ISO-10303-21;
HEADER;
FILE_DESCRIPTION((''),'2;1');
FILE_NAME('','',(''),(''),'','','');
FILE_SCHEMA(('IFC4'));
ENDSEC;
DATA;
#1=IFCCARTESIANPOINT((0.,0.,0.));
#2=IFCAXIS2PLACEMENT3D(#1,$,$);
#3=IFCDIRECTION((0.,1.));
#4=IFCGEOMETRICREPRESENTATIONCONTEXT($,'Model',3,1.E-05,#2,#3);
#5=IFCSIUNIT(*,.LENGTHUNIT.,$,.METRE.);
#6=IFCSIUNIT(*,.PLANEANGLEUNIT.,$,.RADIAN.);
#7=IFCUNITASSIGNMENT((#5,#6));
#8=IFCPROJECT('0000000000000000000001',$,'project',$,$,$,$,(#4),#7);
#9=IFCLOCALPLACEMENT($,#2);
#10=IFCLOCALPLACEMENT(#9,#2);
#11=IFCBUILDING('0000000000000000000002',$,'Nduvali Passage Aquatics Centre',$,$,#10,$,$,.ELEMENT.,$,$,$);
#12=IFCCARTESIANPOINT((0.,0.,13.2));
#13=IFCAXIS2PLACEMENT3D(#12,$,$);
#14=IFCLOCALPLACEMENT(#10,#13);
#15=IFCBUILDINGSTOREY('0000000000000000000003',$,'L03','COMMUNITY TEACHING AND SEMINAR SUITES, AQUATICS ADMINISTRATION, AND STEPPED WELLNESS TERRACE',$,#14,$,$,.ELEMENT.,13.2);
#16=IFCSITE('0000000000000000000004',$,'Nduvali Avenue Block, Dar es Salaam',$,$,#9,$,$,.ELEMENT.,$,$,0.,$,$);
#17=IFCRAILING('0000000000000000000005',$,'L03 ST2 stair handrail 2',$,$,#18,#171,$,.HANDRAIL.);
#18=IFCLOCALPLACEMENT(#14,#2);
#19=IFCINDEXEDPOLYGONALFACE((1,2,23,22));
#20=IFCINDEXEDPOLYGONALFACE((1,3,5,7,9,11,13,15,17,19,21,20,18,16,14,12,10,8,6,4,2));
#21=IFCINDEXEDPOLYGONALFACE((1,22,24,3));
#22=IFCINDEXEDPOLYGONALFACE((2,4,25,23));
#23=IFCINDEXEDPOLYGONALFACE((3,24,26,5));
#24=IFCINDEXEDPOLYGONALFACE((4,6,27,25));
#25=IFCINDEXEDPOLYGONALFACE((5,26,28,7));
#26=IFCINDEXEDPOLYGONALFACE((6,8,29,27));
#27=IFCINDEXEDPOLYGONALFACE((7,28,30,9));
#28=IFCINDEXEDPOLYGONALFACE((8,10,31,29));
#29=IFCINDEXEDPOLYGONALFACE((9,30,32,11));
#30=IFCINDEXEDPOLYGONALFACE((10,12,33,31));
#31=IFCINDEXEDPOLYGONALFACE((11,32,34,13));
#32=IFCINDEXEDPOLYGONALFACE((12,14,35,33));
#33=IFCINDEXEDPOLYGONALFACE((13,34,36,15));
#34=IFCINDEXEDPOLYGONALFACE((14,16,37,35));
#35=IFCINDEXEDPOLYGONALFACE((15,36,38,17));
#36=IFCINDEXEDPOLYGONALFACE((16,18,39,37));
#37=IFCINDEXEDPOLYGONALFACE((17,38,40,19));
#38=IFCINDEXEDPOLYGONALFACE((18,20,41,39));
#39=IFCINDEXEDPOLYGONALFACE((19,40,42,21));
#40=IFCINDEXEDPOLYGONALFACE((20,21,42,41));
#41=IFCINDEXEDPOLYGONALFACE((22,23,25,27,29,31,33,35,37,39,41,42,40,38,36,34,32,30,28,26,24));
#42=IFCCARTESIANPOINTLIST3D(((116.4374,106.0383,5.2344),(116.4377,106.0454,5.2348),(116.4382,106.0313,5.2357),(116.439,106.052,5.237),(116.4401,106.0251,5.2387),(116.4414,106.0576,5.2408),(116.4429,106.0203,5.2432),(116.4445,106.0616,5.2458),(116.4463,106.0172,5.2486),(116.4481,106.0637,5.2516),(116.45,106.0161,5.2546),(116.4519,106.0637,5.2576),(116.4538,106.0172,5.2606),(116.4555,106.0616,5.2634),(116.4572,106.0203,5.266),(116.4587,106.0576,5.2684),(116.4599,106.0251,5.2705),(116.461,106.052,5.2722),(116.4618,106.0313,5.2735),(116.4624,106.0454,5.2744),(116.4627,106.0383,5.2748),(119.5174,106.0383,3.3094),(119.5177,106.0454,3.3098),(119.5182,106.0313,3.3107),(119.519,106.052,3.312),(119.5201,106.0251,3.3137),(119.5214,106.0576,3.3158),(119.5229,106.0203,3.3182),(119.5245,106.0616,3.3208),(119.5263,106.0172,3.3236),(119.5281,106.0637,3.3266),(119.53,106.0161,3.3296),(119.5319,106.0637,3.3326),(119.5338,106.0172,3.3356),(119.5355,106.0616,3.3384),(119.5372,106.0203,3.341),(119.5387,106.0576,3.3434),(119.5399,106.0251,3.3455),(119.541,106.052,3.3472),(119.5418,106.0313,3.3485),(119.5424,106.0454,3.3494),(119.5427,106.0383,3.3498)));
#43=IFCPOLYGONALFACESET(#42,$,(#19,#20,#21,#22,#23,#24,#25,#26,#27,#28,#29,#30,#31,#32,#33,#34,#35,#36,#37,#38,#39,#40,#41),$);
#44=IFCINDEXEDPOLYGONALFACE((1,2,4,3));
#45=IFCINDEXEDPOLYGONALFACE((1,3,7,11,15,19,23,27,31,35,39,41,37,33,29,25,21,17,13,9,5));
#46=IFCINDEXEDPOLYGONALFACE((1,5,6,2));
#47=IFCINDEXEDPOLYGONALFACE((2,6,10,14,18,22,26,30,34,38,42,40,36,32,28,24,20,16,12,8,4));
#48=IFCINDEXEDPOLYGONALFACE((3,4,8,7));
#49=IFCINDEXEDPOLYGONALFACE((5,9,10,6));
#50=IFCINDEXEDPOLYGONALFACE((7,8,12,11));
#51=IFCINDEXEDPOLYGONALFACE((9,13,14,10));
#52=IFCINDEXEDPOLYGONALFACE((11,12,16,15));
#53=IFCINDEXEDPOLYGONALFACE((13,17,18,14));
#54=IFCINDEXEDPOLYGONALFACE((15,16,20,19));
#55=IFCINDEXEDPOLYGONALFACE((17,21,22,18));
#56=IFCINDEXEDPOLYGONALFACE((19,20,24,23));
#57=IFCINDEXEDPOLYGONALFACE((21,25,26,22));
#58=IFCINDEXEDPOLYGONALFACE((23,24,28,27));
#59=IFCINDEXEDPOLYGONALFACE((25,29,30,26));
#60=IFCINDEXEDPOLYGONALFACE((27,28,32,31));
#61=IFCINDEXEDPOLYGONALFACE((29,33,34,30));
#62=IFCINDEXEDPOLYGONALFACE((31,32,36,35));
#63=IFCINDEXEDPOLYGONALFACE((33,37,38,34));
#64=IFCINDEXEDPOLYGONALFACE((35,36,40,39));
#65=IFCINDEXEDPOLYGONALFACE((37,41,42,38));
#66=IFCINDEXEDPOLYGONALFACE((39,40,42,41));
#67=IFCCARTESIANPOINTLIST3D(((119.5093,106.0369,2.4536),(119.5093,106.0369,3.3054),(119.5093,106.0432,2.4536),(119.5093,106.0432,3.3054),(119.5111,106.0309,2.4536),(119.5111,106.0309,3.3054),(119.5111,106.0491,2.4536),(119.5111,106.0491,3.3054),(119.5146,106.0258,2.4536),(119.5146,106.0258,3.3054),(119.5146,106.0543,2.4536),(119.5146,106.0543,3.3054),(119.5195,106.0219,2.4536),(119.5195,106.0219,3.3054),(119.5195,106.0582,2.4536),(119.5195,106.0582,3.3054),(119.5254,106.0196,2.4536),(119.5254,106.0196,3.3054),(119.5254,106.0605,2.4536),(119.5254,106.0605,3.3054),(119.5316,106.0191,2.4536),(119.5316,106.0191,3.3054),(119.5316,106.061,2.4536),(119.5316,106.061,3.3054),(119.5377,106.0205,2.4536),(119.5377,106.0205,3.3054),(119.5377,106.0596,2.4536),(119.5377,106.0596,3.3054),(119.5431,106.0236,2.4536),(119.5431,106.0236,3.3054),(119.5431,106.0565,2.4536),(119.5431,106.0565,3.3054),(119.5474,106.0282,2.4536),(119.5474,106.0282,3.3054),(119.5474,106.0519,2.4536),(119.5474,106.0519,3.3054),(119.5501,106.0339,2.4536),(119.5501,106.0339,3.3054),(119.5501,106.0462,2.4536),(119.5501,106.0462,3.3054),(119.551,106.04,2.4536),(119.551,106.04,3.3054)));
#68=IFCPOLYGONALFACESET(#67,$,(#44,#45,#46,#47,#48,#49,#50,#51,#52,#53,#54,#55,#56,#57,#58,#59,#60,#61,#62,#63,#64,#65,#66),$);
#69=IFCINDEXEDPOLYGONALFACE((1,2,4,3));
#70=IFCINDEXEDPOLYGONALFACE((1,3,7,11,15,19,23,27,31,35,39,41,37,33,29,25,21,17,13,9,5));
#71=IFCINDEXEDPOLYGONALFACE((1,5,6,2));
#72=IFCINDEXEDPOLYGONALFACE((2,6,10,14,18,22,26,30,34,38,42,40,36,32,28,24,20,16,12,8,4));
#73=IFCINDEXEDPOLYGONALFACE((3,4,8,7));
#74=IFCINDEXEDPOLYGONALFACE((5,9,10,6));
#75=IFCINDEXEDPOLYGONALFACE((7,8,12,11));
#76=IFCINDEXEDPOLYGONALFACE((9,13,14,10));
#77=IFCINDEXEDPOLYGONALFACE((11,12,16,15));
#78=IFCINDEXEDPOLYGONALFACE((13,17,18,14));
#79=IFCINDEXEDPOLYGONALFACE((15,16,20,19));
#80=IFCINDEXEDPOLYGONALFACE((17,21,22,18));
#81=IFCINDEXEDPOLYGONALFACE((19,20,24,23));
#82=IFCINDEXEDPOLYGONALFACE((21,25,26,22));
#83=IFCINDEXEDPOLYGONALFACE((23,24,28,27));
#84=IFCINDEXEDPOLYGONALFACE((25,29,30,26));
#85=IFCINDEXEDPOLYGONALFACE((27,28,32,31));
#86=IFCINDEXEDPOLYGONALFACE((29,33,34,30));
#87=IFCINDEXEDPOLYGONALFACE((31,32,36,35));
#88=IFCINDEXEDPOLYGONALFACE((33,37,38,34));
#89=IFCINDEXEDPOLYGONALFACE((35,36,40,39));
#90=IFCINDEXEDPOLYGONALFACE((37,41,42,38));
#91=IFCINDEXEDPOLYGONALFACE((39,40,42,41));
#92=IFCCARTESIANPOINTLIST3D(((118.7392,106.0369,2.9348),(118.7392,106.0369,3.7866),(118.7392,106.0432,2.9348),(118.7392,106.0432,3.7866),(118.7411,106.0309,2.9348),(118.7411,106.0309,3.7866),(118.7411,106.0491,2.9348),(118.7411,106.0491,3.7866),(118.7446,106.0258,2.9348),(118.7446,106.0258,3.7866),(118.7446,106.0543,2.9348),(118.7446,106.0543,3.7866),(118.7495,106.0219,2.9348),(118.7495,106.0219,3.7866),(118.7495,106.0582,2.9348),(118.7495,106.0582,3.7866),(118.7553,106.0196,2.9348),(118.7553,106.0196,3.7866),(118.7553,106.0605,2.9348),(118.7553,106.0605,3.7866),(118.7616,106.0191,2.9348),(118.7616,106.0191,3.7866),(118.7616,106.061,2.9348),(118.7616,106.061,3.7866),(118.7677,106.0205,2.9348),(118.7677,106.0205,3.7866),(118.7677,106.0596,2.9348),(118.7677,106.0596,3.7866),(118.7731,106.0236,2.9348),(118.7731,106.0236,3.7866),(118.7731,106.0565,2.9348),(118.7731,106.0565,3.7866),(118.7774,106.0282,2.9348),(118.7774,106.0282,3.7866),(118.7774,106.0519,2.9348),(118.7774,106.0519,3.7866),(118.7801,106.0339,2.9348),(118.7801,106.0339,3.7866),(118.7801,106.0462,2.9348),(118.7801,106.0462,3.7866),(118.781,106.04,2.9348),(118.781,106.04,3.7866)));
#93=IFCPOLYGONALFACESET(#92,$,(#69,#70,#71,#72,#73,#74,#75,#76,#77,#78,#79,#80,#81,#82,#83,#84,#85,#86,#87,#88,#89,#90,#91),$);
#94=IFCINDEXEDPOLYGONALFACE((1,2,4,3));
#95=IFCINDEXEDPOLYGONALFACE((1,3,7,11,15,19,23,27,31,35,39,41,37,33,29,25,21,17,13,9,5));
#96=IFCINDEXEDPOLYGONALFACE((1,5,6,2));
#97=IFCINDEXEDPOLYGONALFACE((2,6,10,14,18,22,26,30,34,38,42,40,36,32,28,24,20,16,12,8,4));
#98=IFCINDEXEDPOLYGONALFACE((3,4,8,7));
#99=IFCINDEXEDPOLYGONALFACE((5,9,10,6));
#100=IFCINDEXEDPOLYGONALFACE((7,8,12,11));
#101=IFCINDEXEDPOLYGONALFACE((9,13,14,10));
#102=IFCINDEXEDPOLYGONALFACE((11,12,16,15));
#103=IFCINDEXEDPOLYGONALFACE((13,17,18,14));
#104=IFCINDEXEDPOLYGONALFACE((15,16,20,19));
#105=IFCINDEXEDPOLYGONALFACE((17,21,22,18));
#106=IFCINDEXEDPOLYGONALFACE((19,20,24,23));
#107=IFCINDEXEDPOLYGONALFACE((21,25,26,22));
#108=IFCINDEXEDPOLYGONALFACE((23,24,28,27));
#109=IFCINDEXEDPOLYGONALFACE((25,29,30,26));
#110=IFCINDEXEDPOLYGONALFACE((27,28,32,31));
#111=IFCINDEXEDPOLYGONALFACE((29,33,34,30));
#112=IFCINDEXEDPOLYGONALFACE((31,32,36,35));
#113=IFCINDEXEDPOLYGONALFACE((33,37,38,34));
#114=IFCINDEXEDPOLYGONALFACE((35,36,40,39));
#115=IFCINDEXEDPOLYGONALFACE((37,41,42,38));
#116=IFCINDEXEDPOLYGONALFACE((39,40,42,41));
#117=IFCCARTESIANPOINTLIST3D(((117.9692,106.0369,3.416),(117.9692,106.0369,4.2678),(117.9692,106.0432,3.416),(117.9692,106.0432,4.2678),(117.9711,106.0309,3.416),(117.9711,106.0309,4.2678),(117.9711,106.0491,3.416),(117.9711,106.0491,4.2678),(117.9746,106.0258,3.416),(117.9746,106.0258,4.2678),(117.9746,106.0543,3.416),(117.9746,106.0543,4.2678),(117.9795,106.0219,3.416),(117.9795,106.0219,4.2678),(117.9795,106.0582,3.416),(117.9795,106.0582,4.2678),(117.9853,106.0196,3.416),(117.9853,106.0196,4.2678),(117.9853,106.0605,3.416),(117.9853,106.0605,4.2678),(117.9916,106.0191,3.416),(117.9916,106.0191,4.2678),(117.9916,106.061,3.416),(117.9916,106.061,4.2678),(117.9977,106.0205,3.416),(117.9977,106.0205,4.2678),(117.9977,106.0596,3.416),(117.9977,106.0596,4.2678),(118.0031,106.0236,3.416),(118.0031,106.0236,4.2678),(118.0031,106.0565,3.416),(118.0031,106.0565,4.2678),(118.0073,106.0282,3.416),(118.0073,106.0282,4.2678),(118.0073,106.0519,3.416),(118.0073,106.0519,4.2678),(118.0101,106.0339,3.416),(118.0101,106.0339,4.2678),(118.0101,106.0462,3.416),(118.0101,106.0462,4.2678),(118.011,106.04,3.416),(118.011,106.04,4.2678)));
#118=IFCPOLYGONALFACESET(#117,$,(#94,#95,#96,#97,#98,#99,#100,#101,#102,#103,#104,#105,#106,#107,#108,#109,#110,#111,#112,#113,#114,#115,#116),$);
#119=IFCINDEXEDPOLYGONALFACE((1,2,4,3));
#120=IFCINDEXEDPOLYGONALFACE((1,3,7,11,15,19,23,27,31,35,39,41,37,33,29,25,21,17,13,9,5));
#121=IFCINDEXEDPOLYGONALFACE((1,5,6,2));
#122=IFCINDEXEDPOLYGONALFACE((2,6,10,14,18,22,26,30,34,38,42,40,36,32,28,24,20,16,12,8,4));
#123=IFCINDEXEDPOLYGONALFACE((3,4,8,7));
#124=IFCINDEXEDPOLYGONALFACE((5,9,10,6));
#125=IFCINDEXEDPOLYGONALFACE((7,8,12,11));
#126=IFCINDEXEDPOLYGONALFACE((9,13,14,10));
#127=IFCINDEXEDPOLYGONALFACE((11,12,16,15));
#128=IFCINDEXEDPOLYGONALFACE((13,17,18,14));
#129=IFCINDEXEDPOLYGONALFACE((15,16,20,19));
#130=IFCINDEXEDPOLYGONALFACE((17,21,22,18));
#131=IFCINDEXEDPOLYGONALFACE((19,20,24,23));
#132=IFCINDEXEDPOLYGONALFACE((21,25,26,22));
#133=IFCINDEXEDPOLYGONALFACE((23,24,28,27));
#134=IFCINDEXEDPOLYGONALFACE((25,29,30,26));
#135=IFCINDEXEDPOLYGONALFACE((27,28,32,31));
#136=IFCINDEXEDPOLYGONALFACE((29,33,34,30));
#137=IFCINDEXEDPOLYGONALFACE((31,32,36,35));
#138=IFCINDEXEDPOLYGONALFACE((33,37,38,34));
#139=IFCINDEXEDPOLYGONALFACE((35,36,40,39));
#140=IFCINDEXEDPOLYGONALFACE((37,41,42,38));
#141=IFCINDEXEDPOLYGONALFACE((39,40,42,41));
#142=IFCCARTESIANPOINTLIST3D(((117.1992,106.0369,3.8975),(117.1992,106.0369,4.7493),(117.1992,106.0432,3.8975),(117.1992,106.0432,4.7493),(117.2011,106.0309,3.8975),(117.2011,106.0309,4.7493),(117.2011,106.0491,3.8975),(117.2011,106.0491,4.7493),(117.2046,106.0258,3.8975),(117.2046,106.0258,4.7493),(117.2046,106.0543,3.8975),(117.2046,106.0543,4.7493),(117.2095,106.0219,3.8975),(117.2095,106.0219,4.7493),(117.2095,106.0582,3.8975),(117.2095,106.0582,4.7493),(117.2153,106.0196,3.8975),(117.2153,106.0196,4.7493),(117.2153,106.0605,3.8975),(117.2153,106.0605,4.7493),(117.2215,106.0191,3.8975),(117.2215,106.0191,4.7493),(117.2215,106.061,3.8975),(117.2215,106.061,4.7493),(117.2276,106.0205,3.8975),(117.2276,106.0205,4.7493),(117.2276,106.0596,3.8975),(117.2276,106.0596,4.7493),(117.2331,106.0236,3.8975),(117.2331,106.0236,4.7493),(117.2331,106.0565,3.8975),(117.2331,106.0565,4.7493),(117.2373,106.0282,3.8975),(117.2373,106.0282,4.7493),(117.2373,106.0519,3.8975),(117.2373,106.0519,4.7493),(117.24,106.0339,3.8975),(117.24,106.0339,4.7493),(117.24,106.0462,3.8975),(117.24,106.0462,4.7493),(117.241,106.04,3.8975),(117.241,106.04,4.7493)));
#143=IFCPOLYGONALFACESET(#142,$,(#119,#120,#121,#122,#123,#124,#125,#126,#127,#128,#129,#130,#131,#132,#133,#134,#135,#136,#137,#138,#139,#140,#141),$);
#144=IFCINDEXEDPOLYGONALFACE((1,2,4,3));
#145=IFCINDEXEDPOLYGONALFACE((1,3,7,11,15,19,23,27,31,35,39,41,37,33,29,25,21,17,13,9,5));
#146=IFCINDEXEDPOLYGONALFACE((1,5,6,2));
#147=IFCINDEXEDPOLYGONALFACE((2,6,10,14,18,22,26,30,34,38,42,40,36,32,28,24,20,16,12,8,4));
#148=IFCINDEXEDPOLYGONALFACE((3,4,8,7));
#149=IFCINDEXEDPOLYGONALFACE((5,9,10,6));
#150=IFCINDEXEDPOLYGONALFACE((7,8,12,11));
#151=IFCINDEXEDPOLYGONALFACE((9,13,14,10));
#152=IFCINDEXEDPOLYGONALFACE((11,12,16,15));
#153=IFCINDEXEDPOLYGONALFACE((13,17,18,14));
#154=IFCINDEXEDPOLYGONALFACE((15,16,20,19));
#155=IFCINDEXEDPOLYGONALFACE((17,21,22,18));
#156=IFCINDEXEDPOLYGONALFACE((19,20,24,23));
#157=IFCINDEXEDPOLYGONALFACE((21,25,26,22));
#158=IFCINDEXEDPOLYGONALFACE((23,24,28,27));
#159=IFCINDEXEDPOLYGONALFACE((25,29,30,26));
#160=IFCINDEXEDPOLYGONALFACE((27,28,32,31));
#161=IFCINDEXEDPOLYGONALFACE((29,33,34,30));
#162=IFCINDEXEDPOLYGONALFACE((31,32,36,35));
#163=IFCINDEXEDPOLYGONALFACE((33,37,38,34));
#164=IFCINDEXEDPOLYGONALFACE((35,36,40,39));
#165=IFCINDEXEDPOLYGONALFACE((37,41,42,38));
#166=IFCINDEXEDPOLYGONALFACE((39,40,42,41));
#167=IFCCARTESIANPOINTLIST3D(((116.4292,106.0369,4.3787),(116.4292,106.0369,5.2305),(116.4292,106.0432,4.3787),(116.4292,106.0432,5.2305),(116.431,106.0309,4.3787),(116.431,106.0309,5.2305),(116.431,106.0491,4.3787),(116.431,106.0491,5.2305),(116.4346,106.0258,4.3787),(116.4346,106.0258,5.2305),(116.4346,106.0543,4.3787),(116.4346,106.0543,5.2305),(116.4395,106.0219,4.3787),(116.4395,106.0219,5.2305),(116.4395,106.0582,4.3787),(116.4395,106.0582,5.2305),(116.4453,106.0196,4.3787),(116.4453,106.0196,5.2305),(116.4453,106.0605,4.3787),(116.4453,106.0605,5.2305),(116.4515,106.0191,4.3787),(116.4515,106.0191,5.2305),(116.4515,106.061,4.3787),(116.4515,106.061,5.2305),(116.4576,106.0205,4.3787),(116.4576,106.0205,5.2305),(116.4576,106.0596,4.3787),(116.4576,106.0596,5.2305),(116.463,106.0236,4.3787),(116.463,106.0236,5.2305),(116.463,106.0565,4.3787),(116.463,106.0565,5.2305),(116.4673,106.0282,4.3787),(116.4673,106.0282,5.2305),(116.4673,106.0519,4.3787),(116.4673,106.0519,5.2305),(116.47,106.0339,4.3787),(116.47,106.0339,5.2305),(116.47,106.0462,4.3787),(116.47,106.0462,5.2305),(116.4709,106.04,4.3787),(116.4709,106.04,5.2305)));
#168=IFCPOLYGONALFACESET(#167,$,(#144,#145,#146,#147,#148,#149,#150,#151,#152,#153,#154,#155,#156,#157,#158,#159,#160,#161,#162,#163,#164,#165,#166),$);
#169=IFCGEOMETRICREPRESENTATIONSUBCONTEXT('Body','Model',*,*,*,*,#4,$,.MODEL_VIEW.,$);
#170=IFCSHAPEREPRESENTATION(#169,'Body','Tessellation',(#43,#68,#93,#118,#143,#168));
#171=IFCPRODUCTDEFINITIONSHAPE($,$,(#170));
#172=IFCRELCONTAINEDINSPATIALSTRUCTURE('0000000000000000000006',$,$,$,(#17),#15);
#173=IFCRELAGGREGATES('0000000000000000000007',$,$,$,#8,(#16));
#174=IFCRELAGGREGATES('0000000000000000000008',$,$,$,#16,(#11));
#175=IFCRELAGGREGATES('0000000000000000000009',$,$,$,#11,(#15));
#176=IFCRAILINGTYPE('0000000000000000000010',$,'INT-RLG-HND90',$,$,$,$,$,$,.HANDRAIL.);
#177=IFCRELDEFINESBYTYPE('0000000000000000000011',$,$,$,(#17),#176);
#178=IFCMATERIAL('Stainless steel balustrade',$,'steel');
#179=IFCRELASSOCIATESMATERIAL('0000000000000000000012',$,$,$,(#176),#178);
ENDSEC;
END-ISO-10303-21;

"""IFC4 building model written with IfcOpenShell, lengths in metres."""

from ifc_helpers import new_model, si_unit, direction, frame, origin, origin_2d, place, context, subcontext, project, spatial, circle, extrude, material, type_object, element, save


model = new_model("IFC4")

# Units and contexts
model_context = context("Model", 3, precision=1e-05, world=origin(), true_north=direction((0.0, 1.0)))
body_context = subcontext(model_context, "Body", "Model", "MODEL_VIEW")
ifc_project = project(units=[si_unit("LENGTHUNIT", "METRE"), si_unit("PLANEANGLEUNIT", "RADIAN")], contexts=[model_context])

# Site, building, storey
site_placement = place(None, origin())
site = spatial("IfcSite", under=ifc_project, at=site_placement, Name="Nduvali Avenue Block, Dar es Salaam", CompositionType="ELEMENT", RefElevation=0.0)
building_placement = place(site_placement, origin())
building = spatial("IfcBuilding", under=site, at=building_placement, Name="Nduvali Passage Aquatics Centre", CompositionType="ELEMENT")
storey_placement = place(building_placement, frame((0.0, 0.0, 13.2)))
storey = spatial("IfcBuildingStorey", under=building, at=storey_placement, Name="L03", Description="COMMUNITY TEACHING AND SEMINAR SUITES, AQUATICS ADMINISTRATION, AND STEPPED WELLNESS TERRACE", CompositionType="ELEMENT", Elevation=13.2)

# Railing
ifc_material_1 = material(Name="Stainless steel balustrade", Category="steel")
railing_type_1 = type_object("IfcRailingType", Name="INT-RLG-HND90", PredefinedType="HANDRAIL", material=ifc_material_1)
railing_1_placement = place(storey_placement, frame((119.53, 106.04, 2.4536)))
element("IfcRailing", 1, at=railing_1_placement, inside=storey, type_object=railing_type_1, Name="L03 ST2 stair handrail 2", PredefinedType="HANDRAIL", context=body_context, shape_type="SweptSolid", body=[
    extrude(circle(Radius=0.0239, at=origin_2d()), frame((0.0, 0.0, 0.876), z_axis=(-0.847998, 0.0, 0.529999), x_axis=(0.0, -1.0, 0.0)), (0.0, 0.0, 1.0), 3.6321),
    extrude(circle(Radius=0.021, at=origin_2d()), origin(), (0.0, 0.0, 1.0), 0.8518),
    extrude(circle(Radius=0.021, at=origin_2d()), frame((-0.77, 0.0, 0.4812)), (0.0, 0.0, 1.0), 0.8518),
    extrude(circle(Radius=0.021, at=origin_2d()), frame((-1.54, 0.0, 0.9624)), (0.0, 0.0, 1.0), 0.8518),
    extrude(circle(Radius=0.021, at=origin_2d()), frame((-2.3101, 0.0, 1.4438)), (0.0, 0.0, 1.0), 0.8518),
    extrude(circle(Radius=0.021, at=origin_2d()), frame((-3.0801, 0.0, 1.925)), (0.0, 0.0, 1.0), 0.8518),
])

save(model, "model.ifc")
